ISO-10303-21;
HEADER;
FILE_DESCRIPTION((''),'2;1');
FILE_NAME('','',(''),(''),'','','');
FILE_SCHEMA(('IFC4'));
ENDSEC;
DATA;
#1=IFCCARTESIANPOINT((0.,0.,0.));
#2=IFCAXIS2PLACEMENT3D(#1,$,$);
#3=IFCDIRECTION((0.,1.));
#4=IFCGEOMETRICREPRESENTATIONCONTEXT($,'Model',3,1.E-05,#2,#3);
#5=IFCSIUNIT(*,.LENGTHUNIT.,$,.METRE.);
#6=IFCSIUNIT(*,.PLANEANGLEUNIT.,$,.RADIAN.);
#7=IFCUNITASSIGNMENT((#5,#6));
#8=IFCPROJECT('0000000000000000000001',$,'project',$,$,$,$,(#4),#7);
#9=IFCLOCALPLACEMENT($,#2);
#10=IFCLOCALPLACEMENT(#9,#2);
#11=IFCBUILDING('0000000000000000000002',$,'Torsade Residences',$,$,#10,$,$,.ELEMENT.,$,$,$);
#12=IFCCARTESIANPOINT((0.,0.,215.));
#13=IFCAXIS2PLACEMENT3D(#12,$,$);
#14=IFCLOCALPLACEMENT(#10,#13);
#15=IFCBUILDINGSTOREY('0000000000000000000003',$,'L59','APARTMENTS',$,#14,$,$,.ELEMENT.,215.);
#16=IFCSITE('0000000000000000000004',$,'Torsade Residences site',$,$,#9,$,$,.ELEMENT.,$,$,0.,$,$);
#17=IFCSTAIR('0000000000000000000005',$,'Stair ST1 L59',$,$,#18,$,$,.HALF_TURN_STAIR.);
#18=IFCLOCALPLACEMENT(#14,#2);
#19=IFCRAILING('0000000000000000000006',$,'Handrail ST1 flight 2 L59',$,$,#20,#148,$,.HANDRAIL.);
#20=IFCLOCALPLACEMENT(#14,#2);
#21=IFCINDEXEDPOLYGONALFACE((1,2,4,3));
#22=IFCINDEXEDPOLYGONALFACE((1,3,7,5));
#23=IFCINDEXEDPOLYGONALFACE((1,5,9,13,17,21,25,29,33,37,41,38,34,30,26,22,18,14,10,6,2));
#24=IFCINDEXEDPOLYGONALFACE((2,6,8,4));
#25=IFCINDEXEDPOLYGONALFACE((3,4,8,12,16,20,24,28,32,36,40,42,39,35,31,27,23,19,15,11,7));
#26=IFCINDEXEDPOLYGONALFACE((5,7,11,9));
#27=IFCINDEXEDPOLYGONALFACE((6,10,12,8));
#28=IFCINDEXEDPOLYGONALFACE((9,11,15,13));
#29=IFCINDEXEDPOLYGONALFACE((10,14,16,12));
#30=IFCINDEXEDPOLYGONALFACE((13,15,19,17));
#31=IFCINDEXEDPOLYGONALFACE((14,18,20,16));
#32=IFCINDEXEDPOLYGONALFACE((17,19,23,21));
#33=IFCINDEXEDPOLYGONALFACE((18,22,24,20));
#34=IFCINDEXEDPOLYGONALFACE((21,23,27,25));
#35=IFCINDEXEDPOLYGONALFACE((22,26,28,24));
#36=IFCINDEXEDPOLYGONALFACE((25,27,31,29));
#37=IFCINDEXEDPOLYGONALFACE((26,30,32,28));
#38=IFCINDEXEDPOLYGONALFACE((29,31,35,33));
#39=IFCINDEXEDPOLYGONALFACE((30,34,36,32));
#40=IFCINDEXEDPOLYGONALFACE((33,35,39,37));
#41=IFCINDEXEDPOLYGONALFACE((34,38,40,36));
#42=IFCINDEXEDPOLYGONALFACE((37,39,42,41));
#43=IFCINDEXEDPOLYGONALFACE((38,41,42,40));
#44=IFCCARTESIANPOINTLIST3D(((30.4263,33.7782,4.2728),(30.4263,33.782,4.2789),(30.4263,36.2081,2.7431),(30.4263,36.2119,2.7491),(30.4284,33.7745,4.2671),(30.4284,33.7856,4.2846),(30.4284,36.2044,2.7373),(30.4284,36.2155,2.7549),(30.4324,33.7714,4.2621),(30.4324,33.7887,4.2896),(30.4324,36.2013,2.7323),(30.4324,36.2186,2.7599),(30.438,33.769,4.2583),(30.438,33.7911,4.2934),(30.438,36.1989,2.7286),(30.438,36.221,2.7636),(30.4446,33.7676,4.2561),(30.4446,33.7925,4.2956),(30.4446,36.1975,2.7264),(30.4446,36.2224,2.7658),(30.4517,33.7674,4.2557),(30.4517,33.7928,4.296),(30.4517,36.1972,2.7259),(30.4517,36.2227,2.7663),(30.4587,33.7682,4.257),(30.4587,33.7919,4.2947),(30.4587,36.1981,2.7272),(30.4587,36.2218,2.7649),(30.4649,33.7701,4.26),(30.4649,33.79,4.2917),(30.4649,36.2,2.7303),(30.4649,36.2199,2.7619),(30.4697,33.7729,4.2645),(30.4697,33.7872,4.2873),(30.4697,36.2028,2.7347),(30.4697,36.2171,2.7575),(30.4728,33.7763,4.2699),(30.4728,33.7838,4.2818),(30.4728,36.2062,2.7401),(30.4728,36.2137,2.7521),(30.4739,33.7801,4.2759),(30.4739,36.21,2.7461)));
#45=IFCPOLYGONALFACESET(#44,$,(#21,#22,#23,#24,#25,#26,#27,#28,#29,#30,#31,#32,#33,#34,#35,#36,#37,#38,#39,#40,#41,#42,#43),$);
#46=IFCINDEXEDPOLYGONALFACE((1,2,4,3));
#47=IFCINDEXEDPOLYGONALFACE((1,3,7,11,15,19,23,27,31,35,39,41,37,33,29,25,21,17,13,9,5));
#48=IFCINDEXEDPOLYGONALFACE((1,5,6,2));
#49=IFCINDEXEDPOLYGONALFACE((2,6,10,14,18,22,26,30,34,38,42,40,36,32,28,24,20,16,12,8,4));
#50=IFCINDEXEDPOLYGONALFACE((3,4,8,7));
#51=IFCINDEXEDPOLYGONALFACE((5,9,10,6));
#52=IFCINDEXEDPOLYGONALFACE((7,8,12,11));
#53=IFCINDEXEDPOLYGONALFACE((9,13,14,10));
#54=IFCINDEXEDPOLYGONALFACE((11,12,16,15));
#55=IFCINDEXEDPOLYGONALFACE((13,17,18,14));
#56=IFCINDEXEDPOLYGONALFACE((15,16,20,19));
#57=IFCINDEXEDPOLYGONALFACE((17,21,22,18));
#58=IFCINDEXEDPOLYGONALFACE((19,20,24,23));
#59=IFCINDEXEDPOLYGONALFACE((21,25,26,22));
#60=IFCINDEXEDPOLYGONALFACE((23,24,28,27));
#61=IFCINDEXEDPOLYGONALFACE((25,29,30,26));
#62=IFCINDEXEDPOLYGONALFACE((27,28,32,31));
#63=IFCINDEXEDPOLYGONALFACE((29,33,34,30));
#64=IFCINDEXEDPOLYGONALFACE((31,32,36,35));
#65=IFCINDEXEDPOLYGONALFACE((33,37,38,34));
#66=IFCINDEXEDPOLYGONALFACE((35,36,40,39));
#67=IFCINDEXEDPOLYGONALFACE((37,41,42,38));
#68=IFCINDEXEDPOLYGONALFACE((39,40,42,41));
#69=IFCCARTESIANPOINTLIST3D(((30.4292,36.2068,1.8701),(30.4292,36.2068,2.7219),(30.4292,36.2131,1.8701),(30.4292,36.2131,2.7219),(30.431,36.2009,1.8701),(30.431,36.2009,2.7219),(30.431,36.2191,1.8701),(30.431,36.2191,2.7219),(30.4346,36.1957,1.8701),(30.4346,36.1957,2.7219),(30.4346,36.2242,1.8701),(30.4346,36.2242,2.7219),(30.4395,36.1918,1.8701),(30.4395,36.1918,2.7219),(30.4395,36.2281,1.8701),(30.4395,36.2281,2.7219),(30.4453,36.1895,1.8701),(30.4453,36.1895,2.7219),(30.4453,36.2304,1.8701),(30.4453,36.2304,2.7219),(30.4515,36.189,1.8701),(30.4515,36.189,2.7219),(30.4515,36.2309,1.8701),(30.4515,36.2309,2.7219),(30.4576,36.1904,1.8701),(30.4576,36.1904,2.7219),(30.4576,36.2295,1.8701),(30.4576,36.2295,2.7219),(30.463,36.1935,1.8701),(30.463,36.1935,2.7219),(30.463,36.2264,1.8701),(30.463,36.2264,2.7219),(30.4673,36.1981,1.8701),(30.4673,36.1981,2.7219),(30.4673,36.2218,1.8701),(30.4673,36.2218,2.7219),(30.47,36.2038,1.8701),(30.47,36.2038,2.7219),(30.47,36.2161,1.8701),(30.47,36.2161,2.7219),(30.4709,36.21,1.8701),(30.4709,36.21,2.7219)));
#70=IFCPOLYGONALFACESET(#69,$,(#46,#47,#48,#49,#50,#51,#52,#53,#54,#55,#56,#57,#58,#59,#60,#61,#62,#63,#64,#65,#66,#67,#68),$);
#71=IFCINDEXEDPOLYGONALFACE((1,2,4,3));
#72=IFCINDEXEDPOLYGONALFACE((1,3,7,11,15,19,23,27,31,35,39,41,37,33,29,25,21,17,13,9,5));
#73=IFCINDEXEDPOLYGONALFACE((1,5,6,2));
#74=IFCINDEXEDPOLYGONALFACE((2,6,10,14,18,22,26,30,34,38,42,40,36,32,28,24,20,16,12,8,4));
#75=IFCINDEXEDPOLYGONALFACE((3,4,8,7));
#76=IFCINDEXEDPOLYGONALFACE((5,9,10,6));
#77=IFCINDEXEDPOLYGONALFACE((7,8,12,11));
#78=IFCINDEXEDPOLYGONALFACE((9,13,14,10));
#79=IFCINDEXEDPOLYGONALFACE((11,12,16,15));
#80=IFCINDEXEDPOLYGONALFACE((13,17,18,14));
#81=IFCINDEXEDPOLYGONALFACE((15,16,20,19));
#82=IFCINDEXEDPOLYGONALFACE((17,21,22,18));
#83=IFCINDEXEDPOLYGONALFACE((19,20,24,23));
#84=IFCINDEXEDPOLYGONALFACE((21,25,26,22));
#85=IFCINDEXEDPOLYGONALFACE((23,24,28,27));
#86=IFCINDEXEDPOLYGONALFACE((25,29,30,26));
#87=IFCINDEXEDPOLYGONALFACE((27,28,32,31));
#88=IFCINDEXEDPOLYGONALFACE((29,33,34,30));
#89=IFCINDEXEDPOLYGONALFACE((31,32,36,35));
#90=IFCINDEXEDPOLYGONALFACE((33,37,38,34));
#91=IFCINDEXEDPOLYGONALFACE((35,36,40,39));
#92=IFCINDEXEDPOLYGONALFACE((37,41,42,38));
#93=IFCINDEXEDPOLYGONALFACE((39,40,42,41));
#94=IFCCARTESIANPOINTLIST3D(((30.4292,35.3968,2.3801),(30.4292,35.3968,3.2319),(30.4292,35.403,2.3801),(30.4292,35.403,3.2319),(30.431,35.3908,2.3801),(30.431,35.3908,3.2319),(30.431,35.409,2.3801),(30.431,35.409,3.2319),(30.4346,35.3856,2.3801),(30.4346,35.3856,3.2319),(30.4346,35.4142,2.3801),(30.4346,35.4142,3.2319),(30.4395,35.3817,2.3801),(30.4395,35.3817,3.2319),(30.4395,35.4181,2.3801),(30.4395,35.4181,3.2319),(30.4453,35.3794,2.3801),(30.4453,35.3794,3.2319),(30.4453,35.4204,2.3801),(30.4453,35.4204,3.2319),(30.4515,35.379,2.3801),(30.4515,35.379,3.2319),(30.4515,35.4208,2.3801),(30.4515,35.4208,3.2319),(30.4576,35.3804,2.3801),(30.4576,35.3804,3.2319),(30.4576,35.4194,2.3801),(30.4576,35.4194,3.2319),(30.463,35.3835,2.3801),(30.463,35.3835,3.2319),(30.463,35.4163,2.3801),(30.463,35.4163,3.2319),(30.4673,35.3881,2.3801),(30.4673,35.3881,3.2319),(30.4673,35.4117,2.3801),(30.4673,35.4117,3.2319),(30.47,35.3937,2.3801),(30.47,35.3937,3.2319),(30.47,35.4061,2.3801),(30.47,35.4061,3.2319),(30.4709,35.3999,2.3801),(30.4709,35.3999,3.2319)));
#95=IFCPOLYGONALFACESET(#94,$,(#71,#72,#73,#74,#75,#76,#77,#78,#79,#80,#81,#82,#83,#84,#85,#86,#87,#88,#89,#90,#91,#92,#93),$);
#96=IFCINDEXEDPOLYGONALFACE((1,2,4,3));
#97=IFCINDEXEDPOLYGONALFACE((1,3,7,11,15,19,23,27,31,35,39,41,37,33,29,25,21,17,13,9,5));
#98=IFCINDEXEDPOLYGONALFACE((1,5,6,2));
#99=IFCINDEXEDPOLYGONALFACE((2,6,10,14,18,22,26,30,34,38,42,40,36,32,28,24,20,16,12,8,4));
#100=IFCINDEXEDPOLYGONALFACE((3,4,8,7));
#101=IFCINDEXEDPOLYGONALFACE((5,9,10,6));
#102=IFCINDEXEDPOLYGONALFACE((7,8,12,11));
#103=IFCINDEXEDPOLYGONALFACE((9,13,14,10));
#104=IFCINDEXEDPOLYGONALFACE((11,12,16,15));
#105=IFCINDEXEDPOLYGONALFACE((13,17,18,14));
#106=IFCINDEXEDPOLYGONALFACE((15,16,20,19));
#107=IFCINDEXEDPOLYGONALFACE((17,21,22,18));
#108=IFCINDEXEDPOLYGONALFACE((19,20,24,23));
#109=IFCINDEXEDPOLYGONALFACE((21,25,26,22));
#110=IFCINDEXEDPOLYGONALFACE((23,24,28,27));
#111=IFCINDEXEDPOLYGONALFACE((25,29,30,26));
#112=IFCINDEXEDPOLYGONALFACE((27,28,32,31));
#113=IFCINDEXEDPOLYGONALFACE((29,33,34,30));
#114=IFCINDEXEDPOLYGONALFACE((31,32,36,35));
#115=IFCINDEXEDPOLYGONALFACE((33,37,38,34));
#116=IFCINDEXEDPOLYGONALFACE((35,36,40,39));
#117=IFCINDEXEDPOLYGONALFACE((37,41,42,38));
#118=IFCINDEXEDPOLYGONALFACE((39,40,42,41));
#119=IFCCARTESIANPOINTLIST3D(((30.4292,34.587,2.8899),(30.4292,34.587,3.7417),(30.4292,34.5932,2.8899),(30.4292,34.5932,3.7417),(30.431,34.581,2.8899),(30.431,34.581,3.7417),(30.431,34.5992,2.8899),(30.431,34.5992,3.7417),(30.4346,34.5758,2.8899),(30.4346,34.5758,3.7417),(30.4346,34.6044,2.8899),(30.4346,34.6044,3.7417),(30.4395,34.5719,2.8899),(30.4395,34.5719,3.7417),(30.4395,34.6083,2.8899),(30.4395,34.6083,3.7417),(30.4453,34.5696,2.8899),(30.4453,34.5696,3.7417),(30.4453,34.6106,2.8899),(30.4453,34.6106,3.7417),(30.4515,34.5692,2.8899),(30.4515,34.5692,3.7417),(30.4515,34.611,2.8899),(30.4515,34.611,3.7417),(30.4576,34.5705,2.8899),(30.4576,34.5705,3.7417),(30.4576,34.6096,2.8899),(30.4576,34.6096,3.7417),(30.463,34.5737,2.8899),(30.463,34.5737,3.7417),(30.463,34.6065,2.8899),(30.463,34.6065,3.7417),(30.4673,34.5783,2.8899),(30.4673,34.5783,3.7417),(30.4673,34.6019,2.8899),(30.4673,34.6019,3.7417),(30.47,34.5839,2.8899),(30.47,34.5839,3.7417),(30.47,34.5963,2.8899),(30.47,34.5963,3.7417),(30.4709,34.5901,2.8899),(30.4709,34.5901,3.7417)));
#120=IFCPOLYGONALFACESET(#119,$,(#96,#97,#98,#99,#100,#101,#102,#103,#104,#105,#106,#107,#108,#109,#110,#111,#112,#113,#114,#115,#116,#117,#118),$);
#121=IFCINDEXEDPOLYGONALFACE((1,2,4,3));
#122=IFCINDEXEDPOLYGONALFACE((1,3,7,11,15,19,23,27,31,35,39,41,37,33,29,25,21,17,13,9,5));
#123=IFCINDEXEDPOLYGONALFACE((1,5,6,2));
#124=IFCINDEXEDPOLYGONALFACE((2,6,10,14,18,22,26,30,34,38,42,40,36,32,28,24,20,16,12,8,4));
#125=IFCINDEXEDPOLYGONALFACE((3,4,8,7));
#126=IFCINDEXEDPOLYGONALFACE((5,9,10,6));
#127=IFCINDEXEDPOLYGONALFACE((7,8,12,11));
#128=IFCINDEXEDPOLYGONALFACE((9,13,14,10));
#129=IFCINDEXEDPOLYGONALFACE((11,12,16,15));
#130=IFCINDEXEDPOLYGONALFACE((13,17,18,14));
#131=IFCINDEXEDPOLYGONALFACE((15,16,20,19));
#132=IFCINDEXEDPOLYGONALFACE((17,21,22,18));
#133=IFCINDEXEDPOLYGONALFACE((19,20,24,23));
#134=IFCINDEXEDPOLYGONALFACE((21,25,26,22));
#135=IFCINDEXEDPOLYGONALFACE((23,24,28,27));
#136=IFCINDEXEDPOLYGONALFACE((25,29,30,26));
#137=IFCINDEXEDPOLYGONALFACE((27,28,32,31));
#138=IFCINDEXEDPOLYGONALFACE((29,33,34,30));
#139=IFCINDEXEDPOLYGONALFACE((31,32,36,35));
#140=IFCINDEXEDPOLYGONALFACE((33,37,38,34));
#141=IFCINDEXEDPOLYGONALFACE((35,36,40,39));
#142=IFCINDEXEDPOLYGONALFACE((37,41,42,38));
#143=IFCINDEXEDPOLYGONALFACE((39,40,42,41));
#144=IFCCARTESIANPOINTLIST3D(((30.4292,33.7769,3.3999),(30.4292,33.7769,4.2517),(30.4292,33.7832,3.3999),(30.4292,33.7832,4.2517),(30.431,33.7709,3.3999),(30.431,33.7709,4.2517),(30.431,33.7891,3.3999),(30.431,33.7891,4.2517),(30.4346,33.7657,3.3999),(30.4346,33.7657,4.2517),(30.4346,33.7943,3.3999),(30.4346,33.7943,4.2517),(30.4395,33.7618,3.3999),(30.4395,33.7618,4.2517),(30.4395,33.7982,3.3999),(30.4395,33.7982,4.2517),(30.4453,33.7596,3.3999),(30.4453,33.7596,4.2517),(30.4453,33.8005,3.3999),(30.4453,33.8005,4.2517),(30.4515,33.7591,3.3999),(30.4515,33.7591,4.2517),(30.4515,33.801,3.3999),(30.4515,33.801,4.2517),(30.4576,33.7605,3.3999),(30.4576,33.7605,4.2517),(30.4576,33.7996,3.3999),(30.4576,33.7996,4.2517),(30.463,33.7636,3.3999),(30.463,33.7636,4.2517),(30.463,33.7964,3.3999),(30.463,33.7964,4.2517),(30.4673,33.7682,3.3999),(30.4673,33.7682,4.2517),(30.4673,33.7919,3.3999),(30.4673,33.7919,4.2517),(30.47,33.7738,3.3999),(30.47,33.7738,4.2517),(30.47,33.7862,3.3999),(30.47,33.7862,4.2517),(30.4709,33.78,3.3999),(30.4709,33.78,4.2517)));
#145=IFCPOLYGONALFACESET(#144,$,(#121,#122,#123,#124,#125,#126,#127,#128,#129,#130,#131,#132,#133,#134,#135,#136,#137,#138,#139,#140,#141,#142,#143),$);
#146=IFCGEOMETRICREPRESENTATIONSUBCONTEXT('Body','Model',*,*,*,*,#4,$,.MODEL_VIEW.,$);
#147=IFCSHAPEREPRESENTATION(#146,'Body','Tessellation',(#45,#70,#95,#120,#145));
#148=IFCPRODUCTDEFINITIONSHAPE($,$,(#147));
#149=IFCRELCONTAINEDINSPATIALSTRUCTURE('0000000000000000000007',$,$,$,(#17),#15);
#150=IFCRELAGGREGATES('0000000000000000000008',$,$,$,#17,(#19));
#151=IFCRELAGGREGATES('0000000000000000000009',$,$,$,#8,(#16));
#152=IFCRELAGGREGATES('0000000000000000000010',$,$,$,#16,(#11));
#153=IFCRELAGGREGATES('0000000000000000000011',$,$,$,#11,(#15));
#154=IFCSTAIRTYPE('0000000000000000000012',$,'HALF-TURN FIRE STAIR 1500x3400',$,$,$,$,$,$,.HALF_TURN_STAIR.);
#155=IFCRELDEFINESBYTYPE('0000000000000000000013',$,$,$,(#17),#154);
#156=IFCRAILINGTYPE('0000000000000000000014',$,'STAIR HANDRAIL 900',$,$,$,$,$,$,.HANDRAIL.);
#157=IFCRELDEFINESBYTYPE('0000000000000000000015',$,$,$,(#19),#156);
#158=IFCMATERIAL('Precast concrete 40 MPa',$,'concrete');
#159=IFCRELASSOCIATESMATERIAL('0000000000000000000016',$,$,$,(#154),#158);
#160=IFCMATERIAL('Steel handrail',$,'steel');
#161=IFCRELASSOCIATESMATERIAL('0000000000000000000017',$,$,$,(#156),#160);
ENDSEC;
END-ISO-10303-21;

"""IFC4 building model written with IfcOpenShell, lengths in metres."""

from ifc_helpers import new_model, si_unit, direction, frame, origin, origin_2d, place, context, subcontext, project, spatial, circle, extrude, material, type_object, element, aggregate, save


model = new_model("IFC4")

# Units and contexts
model_context = context("Model", 3, precision=1e-05, world=origin(), true_north=direction((0.0, 1.0)))
body_context = subcontext(model_context, "Body", "Model", "MODEL_VIEW")
ifc_project = project(units=[si_unit("LENGTHUNIT", "METRE"), si_unit("PLANEANGLEUNIT", "RADIAN")], contexts=[model_context])

# Site, building, storey
site_placement = place(None, origin())
site = spatial("IfcSite", under=ifc_project, at=site_placement, Name="Torsade Residences site", CompositionType="ELEMENT", RefElevation=0.0)
building_placement = place(site_placement, origin())
building = spatial("IfcBuilding", under=site, at=building_placement, Name="Torsade Residences", CompositionType="ELEMENT")
storey_placement = place(building_placement, frame((0.0, 0.0, 215.0)))
storey = spatial("IfcBuildingStorey", under=building, at=storey_placement, Name="L59", Description="APARTMENTS", CompositionType="ELEMENT", Elevation=215.0)

# Stair, railing
ifc_material_1 = material(Name="Precast concrete 40 MPa", Category="concrete")
stair_type = type_object("IfcStairType", Name="HALF-TURN FIRE STAIR 1500x3400", PredefinedType="HALF_TURN_STAIR", material=ifc_material_1)
stair_placement = place(storey_placement, origin())
stair = element("IfcStair", 1, at=stair_placement, inside=storey, type_object=stair_type, Name="Stair ST1 L59", PredefinedType="HALF_TURN_STAIR")
ifc_material_2 = material(Name="Steel handrail", Category="steel")
railing_type = type_object("IfcRailingType", Name="STAIR HANDRAIL 900", PredefinedType="HANDRAIL", material=ifc_material_2)
railing_1_placement = place(storey_placement, frame((30.45, 36.21, 1.8701)))
railing_1 = element("IfcRailing", 2, at=railing_1_placement, type_object=railing_type, Name="Handrail ST1 flight 2 L59", PredefinedType="HANDRAIL", context=body_context, shape_type="SweptSolid", body=[
    extrude(circle(Radius=0.0239, at=origin_2d()), frame((0.0, 0.0, 0.876), z_axis=(0.0, -0.84626, 0.53277), x_axis=(1.0, 0.0, 0.0)), (0.0, 0.0, 1.0), 2.8713),
    extrude(circle(Radius=0.021, at=origin_2d()), origin(), (0.0, 0.0, 1.0), 0.8518),
    extrude(circle(Radius=0.021, at=origin_2d()), frame((0.0, -0.8101, 0.51)), (0.0, 0.0, 1.0), 0.8518),
    extrude(circle(Radius=0.021, at=origin_2d()), frame((0.0, -1.6199, 1.0198)), (0.0, 0.0, 1.0), 0.8518),
    extrude(circle(Radius=0.021, at=origin_2d()), frame((0.0, -2.4299, 1.5298)), (0.0, 0.0, 1.0), 0.8518),
])
aggregate(stair, [railing_1])

save(model, "model.ifc")
